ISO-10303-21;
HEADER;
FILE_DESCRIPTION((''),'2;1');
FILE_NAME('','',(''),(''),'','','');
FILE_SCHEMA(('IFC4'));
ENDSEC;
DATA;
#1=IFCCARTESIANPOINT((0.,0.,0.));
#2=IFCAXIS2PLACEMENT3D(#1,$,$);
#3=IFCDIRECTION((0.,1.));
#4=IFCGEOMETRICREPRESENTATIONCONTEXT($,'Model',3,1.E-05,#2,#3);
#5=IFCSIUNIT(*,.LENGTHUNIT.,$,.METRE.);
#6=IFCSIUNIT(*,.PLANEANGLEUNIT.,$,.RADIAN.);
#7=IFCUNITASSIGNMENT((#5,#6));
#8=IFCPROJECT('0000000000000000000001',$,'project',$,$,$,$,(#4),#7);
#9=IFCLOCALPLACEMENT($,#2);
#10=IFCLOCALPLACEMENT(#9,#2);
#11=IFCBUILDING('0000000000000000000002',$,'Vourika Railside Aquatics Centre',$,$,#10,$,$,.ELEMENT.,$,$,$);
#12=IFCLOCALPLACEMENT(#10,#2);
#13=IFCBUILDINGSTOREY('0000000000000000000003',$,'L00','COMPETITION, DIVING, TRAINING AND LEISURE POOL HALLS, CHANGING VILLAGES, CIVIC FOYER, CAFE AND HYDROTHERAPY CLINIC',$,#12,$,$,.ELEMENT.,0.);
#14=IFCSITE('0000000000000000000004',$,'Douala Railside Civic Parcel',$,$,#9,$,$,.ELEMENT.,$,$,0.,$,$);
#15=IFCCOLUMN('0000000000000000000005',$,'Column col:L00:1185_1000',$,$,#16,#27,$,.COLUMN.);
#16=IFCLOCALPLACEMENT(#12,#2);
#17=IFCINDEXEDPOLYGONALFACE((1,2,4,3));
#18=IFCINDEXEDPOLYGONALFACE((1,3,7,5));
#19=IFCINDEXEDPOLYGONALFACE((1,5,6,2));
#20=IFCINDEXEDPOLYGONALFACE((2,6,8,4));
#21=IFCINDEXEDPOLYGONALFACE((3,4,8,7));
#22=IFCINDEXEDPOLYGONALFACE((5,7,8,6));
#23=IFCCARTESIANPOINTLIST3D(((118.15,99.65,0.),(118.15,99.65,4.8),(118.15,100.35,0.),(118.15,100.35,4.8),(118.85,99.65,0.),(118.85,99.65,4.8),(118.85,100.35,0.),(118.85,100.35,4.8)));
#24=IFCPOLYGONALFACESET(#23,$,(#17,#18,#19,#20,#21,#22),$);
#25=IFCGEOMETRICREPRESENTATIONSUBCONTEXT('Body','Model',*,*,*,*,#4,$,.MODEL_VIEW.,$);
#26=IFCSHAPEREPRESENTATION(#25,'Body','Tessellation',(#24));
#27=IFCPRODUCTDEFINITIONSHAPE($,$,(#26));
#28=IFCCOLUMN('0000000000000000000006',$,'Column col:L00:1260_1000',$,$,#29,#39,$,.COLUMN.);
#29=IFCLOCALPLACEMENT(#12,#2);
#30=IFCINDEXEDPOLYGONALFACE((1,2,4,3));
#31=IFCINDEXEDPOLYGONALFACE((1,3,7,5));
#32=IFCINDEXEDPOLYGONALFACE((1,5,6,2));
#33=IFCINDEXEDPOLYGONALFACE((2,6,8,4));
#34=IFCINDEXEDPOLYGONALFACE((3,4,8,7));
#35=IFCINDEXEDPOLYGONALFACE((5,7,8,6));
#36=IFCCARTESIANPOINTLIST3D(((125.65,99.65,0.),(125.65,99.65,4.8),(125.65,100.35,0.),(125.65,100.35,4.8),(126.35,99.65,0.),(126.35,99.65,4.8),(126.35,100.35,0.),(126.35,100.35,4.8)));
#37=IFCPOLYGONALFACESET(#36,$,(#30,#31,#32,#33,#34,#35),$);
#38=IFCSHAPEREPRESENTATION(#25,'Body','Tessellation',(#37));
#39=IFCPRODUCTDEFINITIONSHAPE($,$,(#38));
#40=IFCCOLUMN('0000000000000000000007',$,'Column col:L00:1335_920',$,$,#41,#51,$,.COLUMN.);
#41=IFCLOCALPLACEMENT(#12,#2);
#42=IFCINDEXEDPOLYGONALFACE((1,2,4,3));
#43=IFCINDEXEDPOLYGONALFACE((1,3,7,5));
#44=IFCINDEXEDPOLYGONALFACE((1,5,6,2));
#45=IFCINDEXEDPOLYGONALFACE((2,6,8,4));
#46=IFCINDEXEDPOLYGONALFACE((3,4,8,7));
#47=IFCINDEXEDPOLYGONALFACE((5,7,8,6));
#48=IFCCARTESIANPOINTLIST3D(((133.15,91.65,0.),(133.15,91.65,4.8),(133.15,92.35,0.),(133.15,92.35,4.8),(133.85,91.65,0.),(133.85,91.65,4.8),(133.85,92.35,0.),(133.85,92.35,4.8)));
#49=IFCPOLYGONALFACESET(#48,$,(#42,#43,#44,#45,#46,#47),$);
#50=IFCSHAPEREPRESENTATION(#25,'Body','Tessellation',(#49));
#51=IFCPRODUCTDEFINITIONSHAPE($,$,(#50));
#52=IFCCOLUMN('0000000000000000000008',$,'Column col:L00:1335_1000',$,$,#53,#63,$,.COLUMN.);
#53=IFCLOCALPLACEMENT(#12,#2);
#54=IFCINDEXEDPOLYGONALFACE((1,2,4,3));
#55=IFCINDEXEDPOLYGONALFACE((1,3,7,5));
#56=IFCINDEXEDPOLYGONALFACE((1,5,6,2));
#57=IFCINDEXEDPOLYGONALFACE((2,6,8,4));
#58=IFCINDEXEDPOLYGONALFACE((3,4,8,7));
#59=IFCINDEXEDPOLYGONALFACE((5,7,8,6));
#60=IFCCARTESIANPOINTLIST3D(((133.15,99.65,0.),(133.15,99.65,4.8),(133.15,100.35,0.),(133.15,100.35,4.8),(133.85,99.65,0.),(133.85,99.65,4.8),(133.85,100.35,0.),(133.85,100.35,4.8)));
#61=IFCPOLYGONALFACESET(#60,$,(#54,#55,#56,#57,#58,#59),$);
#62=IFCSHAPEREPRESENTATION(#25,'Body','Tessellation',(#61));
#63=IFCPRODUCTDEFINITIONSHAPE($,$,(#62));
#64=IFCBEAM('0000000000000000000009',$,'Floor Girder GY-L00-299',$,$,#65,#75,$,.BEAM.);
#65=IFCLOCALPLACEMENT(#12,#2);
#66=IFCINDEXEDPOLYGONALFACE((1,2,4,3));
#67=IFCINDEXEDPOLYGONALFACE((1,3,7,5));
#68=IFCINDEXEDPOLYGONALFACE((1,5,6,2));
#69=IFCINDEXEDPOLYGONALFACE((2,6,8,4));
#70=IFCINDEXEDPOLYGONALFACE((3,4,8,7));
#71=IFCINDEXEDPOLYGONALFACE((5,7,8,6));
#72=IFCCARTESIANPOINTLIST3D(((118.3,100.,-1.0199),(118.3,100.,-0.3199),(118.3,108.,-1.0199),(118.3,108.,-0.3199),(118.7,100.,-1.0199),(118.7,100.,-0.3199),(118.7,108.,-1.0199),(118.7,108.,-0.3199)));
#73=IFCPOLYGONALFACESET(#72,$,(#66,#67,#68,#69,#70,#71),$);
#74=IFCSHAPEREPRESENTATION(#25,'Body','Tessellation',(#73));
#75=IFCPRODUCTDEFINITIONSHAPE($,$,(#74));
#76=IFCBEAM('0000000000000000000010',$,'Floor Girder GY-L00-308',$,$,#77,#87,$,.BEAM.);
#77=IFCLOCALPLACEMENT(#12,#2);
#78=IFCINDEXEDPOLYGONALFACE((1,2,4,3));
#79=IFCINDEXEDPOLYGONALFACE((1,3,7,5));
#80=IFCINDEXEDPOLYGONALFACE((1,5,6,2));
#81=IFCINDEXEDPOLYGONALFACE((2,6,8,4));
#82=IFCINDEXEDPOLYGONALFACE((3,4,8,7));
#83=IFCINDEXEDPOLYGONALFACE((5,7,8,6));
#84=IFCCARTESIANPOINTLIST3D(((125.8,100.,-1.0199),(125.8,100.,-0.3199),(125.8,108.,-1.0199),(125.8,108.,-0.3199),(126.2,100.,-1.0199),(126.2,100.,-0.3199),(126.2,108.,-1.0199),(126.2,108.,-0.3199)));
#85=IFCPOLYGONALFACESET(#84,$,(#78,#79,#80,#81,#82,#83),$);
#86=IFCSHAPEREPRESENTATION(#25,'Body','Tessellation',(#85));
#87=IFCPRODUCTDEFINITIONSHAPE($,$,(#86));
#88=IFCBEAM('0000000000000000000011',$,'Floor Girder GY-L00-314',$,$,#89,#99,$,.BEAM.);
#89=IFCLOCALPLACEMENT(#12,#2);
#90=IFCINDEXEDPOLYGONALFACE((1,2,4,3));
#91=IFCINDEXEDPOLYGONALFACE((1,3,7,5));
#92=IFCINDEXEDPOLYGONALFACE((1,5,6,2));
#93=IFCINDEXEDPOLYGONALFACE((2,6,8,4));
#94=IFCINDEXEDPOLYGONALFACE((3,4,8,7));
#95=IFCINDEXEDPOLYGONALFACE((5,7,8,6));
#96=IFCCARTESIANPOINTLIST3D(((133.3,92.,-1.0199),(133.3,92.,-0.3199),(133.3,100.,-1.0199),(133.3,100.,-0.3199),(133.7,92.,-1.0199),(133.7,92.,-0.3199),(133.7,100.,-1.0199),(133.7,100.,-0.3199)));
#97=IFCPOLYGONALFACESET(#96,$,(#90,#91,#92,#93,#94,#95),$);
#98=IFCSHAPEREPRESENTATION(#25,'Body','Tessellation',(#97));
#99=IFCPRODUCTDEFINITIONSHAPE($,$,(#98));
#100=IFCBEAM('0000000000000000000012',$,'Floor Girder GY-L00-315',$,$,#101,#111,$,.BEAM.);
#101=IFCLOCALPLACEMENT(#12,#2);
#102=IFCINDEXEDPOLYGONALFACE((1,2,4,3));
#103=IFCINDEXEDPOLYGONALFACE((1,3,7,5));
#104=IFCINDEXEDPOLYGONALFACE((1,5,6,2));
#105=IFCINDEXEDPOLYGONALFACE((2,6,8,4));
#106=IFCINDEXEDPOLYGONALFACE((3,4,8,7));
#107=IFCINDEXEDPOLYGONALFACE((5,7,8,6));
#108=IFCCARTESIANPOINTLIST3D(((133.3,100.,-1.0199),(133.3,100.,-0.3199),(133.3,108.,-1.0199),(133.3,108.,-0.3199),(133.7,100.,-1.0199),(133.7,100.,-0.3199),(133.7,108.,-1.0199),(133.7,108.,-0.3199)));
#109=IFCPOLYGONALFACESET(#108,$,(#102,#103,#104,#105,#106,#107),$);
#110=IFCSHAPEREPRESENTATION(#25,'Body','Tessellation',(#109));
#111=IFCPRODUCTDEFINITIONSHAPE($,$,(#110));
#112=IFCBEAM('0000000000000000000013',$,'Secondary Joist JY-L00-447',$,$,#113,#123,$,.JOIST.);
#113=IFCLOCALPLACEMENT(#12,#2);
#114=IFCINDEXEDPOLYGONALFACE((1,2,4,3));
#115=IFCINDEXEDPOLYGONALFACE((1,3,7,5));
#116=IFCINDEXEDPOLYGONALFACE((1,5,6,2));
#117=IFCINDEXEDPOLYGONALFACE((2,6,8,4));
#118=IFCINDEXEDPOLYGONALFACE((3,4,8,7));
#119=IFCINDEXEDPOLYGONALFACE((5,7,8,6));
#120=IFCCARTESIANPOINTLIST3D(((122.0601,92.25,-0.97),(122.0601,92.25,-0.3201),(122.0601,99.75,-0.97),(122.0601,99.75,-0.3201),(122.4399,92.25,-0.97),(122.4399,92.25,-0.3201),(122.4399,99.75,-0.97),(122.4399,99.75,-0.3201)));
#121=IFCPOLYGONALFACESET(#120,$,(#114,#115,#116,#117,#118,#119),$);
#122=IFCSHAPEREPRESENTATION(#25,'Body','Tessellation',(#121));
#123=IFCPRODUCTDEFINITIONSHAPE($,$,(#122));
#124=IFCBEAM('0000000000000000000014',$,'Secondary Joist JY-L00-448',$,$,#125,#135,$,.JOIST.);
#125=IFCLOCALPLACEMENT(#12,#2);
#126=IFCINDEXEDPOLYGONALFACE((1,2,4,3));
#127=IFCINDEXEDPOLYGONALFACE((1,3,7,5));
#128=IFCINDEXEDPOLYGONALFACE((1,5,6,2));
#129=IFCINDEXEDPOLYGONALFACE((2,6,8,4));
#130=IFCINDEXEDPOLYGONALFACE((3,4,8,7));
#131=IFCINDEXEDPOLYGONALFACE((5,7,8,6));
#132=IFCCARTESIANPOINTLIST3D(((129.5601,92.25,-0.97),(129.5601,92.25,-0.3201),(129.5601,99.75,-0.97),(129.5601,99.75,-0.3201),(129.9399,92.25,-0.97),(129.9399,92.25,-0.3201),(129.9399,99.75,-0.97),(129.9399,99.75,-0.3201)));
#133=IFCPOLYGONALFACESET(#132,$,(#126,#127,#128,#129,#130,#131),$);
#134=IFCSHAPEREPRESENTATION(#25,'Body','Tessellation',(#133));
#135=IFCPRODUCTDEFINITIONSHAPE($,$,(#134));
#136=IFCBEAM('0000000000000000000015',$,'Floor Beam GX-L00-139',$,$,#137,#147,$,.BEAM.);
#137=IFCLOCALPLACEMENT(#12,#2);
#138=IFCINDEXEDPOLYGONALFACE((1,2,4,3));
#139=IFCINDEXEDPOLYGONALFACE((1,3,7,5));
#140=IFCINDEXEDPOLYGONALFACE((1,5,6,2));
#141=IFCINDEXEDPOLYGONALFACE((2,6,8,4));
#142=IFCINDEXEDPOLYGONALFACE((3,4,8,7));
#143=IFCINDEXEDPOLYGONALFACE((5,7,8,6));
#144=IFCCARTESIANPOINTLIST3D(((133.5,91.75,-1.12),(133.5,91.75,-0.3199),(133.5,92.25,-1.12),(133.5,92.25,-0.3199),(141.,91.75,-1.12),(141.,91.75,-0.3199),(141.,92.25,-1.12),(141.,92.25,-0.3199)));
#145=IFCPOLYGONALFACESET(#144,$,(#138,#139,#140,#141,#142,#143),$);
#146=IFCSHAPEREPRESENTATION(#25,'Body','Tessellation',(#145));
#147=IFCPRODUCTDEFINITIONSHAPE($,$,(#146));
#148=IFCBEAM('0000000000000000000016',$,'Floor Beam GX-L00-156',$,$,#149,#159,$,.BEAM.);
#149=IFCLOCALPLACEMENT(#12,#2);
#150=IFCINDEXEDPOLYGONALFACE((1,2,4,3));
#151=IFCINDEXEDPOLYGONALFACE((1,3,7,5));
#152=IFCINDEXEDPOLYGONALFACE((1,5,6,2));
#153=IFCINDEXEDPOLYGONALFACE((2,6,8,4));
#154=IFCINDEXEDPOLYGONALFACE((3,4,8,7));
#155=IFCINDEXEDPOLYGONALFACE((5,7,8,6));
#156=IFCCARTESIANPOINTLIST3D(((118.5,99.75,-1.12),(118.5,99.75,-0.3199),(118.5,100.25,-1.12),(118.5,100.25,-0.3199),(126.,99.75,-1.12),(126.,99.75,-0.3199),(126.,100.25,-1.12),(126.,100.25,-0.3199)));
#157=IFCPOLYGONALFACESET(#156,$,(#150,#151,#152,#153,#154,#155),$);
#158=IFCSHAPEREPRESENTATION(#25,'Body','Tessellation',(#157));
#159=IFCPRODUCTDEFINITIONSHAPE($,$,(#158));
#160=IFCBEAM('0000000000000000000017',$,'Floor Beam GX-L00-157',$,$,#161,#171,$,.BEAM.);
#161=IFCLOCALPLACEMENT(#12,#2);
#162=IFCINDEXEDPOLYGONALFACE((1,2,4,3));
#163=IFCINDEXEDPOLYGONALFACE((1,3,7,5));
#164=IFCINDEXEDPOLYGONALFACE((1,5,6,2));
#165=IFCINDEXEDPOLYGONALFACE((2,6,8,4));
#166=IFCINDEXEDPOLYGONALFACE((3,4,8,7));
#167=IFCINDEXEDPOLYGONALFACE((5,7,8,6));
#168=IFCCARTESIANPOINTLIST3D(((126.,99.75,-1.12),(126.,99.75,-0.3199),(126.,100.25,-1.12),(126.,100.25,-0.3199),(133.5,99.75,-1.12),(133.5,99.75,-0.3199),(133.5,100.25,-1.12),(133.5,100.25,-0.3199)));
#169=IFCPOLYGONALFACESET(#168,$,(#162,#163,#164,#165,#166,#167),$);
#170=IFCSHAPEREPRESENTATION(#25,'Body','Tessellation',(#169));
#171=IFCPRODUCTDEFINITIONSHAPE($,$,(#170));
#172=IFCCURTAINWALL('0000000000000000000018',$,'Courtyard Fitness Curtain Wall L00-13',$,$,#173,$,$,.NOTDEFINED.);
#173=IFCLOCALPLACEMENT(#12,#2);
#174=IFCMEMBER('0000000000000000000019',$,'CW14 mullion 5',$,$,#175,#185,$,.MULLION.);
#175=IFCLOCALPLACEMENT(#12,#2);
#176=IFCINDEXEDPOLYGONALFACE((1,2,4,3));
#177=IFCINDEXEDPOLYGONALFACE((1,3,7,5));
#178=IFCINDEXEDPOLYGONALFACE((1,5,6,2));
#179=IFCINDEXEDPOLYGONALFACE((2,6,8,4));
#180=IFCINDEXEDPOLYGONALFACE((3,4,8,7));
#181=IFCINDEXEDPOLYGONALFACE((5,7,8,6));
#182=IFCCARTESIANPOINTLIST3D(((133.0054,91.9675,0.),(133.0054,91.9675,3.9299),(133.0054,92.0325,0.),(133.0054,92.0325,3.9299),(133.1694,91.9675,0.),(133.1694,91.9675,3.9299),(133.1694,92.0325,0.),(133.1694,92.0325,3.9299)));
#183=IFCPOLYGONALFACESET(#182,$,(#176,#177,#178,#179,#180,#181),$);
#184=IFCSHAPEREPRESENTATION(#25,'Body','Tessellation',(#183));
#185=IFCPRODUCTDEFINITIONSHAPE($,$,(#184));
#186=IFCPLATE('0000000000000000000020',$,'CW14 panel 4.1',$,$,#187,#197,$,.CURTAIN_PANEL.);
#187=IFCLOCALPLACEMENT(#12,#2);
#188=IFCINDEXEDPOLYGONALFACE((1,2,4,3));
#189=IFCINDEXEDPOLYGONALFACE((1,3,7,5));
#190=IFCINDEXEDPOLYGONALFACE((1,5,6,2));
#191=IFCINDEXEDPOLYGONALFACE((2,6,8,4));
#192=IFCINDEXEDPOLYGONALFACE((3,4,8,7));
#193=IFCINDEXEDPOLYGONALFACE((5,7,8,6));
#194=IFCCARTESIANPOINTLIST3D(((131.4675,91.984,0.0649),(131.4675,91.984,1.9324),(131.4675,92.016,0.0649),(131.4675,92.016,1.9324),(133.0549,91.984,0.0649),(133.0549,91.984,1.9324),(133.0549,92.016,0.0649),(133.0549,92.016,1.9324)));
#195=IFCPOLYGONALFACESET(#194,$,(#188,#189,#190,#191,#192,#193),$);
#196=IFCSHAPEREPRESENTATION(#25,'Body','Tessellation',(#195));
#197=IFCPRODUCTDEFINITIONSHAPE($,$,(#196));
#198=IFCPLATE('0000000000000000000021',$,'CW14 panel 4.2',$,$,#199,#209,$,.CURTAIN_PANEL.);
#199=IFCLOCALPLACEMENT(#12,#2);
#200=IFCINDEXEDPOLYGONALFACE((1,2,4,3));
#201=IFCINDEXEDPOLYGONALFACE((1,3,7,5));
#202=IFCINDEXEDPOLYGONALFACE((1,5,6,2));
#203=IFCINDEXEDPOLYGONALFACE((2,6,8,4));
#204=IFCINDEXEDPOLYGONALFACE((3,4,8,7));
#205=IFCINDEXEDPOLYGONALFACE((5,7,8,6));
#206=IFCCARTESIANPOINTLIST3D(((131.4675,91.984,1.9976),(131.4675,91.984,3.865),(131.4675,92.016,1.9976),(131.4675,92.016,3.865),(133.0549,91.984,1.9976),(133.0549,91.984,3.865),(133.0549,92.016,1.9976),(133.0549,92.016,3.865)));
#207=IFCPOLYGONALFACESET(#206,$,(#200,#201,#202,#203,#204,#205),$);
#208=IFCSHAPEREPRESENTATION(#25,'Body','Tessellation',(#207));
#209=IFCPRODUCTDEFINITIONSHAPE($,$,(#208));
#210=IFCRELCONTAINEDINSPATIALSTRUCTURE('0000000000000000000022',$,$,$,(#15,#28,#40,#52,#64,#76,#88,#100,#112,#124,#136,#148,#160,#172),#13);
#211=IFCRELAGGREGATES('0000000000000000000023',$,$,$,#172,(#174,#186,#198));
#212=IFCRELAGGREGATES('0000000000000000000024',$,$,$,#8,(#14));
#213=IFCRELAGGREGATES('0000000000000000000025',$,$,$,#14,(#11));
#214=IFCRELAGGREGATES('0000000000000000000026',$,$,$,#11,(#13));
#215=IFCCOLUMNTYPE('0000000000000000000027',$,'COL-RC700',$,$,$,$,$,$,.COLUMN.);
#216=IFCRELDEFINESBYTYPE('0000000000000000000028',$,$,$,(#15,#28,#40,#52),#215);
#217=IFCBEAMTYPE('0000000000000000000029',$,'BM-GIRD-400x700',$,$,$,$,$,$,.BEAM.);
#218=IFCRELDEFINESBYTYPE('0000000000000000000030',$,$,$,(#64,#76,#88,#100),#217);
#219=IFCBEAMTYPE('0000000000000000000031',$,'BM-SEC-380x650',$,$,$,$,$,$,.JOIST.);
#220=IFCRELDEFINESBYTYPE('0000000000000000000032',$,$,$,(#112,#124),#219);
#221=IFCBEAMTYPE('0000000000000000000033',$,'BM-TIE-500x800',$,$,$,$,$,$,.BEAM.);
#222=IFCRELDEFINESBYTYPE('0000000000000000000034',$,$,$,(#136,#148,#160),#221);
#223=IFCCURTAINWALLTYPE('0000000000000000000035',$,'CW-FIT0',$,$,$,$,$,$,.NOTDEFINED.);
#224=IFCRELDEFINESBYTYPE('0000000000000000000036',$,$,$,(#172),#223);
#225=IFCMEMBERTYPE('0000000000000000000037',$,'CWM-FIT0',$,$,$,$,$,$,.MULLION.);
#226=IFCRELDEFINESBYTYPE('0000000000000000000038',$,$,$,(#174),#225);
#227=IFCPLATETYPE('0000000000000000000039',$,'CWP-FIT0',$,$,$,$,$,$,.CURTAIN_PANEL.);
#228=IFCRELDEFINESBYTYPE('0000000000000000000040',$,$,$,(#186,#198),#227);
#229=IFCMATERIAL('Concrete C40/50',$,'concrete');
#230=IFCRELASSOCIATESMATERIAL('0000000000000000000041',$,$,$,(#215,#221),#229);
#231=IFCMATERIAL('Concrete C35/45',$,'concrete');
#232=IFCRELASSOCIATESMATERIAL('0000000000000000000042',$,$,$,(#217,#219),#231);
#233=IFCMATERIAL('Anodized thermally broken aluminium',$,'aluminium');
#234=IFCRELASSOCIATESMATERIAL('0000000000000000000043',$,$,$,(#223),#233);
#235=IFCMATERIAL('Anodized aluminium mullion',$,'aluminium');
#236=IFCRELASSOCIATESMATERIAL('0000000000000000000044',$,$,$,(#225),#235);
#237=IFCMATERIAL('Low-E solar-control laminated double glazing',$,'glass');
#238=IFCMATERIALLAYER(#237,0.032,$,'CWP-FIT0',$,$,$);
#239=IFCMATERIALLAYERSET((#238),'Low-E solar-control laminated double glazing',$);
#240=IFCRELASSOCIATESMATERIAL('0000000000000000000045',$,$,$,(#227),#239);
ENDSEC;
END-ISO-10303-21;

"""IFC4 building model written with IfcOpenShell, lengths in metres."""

from ifc_helpers import new_model, si_unit, direction, frame, origin, origin_2d, place, context, subcontext, project, spatial, rectangle, extrude, material, layer, layer_set, material_profile, profile_set, type_object, element, aggregate, save


model = new_model("IFC4")

# Units and contexts
model_context = context("Model", 3, precision=1e-05, world=origin(), true_north=direction((0.0, 1.0)))
body_context = subcontext(model_context, "Body", "Model", "MODEL_VIEW")
ifc_project = project(units=[si_unit("LENGTHUNIT", "METRE"), si_unit("PLANEANGLEUNIT", "RADIAN")], contexts=[model_context])

# Site, building, storey
site_placement = place(None, origin())
site = spatial("IfcSite", under=ifc_project, at=site_placement, Name="Douala Railside Civic Parcel", CompositionType="ELEMENT", RefElevation=0.0)
building_placement = place(site_placement, origin())
building = spatial("IfcBuilding", under=site, at=building_placement, Name="Vourika Railside Aquatics Centre", CompositionType="ELEMENT")
storey_placement = place(building_placement, origin())
storey = spatial("IfcBuildingStorey", under=building, at=storey_placement, Name="L00", Description="COMPETITION, DIVING, TRAINING AND LEISURE POOL HALLS, CHANGING VILLAGES, CIVIC FOYER, CAFE AND HYDROTHERAPY CLINIC", CompositionType="ELEMENT", Elevation=0.0)

# Columns
ifc_material_1 = material(Name="Concrete C40/50", Category="concrete")
ifc_material_profile_1 = material_profile(ifc_material_1, rectangle(XDim=0.7, YDim=0.7, at=origin_2d()), Name="RC 700x700")
ifc_profile_set_1 = profile_set([ifc_material_profile_1], Name="Concrete C40/50")
column_type = type_object("IfcColumnType", Name="COL-RC700", PredefinedType="COLUMN", material=ifc_profile_set_1)
for number, where, z_axis, x_axis, name in (
    (1, (118.5, 100.0, 0.0), (0.0, 0.0, 1.0), (1.0, 0.0, 0.0), "Column col:L00:1185_1000"),
    (2, (126.0, 100.0, 0.0), (0.0, 0.0, 1.0), (1.0, 0.0, 0.0), "Column col:L00:1260_1000"),
    (3, (133.5, 92.0, 0.0), (0.0, 0.0, 1.0), (1.0, 0.0, 0.0), "Column col:L00:1335_920"),
    (4, (133.5, 100.0, 0.0), (0.0, 0.0, 1.0), (1.0, 0.0, 0.0), "Column col:L00:1335_1000"),
):
    element("IfcColumn", number, at=place(storey_placement, frame(where, z_axis=z_axis, x_axis=x_axis)), inside=storey, type_object=column_type, Name=name, PredefinedType="COLUMN", context=body_context, shape_type="SweptSolid", body=[
        extrude(rectangle(XDim=0.7, YDim=0.7, at=origin_2d()), origin(), (0.0, 0.0, 1.0), 4.8),
    ])

# Beams
ifc_material_2 = material(Name="Concrete C35/45", Category="concrete")
ifc_material_profile_2 = material_profile(ifc_material_2, rectangle(XDim=0.3999, YDim=0.7, at=origin_2d()), Name="RC 400x700")
ifc_profile_set_2 = profile_set([ifc_material_profile_2], Name="Concrete C35/45")
beam_type_1 = type_object("IfcBeamType", Name="BM-GIRD-400x700", PredefinedType="BEAM", material=ifc_profile_set_2)
for number, where, z_axis, x_axis, name in (
    (5, (118.5, 100.0, -0.6699), (0.0, 1.0, 0.0), (-1.0, 0.0, 0.0), "Floor Girder GY-L00-299"),
    (6, (126.0, 100.0, -0.6699), (0.0, 1.0, 0.0), (-1.0, 0.0, 0.0), "Floor Girder GY-L00-308"),
    (7, (133.5, 92.0, -0.6699), (0.0, 1.0, 0.0), (-1.0, 0.0, 0.0), "Floor Girder GY-L00-314"),
    (8, (133.5, 100.0, -0.6699), (0.0, 1.0, 0.0), (-1.0, 0.0, 0.0), "Floor Girder GY-L00-315"),
):
    element("IfcBeam", number, at=place(storey_placement, frame(where, z_axis=z_axis, x_axis=x_axis)), inside=storey, type_object=beam_type_1, Name=name, PredefinedType="BEAM", context=body_context, shape_type="SweptSolid", body=[
        extrude(rectangle(XDim=0.3999, YDim=0.7, at=origin_2d()), origin(), (0.0, 0.0, 1.0), 8.0),
    ])
ifc_material_profile_3 = material_profile(ifc_material_2, rectangle(XDim=0.3799, YDim=0.6499, at=origin_2d()), Name="RC 380x650")
ifc_profile_set_3 = profile_set([ifc_material_profile_3], Name="Concrete C35/45")
beam_type_2 = type_object("IfcBeamType", Name="BM-SEC-380x650", PredefinedType="JOIST", material=ifc_profile_set_3)
for number, where, z_axis, x_axis, name in (
    (9, (122.25, 92.25, -0.645), (0.0, 1.0, 0.0), (-1.0, 0.0, 0.0), "Secondary Joist JY-L00-447"),
    (10, (129.75, 92.25, -0.645), (0.0, 1.0, 0.0), (-1.0, 0.0, 0.0), "Secondary Joist JY-L00-448"),
):
    element("IfcBeam", number, at=place(storey_placement, frame(where, z_axis=z_axis, x_axis=x_axis)), inside=storey, type_object=beam_type_2, Name=name, PredefinedType="JOIST", context=body_context, shape_type="SweptSolid", body=[
        extrude(rectangle(XDim=0.3799, YDim=0.6499, at=origin_2d()), origin(), (0.0, 0.0, 1.0), 7.5),
    ])
ifc_material_profile_4 = material_profile(ifc_material_1, rectangle(XDim=0.5, YDim=0.8, at=origin_2d()), Name="RC 500x800")
ifc_profile_set_4 = profile_set([ifc_material_profile_4], Name="Concrete C40/50")
beam_type_3 = type_object("IfcBeamType", Name="BM-TIE-500x800", PredefinedType="BEAM", material=ifc_profile_set_4)
for number, where, z_axis, x_axis, name in (
    (11, (133.5, 92.0, -0.72), (1.0, 0.0, 0.0), (0.0, 1.0, 0.0), "Floor Beam GX-L00-139"),
    (12, (118.5, 100.0, -0.72), (1.0, 0.0, 0.0), (0.0, 1.0, 0.0), "Floor Beam GX-L00-156"),
    (13, (126.0, 100.0, -0.72), (1.0, 0.0, 0.0), (0.0, 1.0, 0.0), "Floor Beam GX-L00-157"),
):
    element("IfcBeam", number, at=place(storey_placement, frame(where, z_axis=z_axis, x_axis=x_axis)), inside=storey, type_object=beam_type_3, Name=name, PredefinedType="BEAM", context=body_context, shape_type="SweptSolid", body=[
        extrude(rectangle(XDim=0.5, YDim=0.8, at=origin_2d()), origin(), (0.0, 0.0, 1.0), 7.5),
    ])

# Curtain wall, member, plates
ifc_material_3 = material(Name="Anodized thermally broken aluminium", Category="aluminium")
curtain_wall_type = type_object("IfcCurtainWallType", Name="CW-FIT0", PredefinedType="NOTDEFINED", material=ifc_material_3)
curtain_wall_placement = place(storey_placement, origin())
curtain_wall = element("IfcCurtainWall", 14, at=curtain_wall_placement, inside=storey, type_object=curtain_wall_type, Name="Courtyard Fitness Curtain Wall L00-13", PredefinedType="NOTDEFINED")
ifc_material_4 = material(Name="Anodized aluminium mullion", Category="aluminium")
ifc_material_profile_5 = material_profile(ifc_material_4, rectangle(XDim=0.0649, YDim=0.1641, at=origin_2d()), Name="ALU-M 65x164")
ifc_profile_set_5 = profile_set([ifc_material_profile_5], Name="Anodized aluminium mullion")
member_type = type_object("IfcMemberType", Name="CWM-FIT0", PredefinedType="MULLION", material=ifc_profile_set_5)
member_placement = place(storey_placement, frame((133.0874, 92.0, 0.0), z_axis=(0.0, 0.0, 1.0), x_axis=(0.0, 1.0, 0.0)))
member = element("IfcMember", 15, at=member_placement, type_object=member_type, Name="CW14 mullion 5", PredefinedType="MULLION", context=body_context, shape_type="SweptSolid", body=[
    extrude(rectangle(XDim=0.0649, YDim=0.1641, at=origin_2d()), origin(), (0.0, 0.0, 1.0), 3.9299),
])
ifc_material_5 = material(Name="Low-E solar-control laminated double glazing", Category="glass")
ifc_layer_1 = layer(ifc_material_5, 0.032, Name="CWP-FIT0")
ifc_layer_set_1 = layer_set([ifc_layer_1], Name="Low-E solar-control laminated double glazing")
plate_type = type_object("IfcPlateType", Name="CWP-FIT0", PredefinedType="CURTAIN_PANEL", material=ifc_layer_set_1)
plate_1_placement = place(storey_placement, frame((132.2612, 92.0, 0.0649), z_axis=(0.0, 0.0, 1.0), x_axis=(1.0, 0.0, 0.0)))
plate_1 = element("IfcPlate", 16, at=plate_1_placement, type_object=plate_type, Name="CW14 panel 4.1", PredefinedType="CURTAIN_PANEL", context=body_context, shape_type="SweptSolid", body=[
    extrude(rectangle(XDim=1.5874, YDim=0.032, at=origin_2d()), origin(), (0.0, 0.0, 1.0), 1.8674),
])
plate_2_placement = place(storey_placement, frame((132.2612, 92.0, 1.9976), z_axis=(0.0, 0.0, 1.0), x_axis=(1.0, 0.0, 0.0)))
plate_2 = element("IfcPlate", 17, at=plate_2_placement, type_object=plate_type, Name="CW14 panel 4.2", PredefinedType="CURTAIN_PANEL", context=body_context, shape_type="SweptSolid", body=[
    extrude(rectangle(XDim=1.5874, YDim=0.032, at=origin_2d()), origin(), (0.0, 0.0, 1.0), 1.8674),
])
aggregate(curtain_wall, [member, plate_1, plate_2])

save(model, "model.ifc")
